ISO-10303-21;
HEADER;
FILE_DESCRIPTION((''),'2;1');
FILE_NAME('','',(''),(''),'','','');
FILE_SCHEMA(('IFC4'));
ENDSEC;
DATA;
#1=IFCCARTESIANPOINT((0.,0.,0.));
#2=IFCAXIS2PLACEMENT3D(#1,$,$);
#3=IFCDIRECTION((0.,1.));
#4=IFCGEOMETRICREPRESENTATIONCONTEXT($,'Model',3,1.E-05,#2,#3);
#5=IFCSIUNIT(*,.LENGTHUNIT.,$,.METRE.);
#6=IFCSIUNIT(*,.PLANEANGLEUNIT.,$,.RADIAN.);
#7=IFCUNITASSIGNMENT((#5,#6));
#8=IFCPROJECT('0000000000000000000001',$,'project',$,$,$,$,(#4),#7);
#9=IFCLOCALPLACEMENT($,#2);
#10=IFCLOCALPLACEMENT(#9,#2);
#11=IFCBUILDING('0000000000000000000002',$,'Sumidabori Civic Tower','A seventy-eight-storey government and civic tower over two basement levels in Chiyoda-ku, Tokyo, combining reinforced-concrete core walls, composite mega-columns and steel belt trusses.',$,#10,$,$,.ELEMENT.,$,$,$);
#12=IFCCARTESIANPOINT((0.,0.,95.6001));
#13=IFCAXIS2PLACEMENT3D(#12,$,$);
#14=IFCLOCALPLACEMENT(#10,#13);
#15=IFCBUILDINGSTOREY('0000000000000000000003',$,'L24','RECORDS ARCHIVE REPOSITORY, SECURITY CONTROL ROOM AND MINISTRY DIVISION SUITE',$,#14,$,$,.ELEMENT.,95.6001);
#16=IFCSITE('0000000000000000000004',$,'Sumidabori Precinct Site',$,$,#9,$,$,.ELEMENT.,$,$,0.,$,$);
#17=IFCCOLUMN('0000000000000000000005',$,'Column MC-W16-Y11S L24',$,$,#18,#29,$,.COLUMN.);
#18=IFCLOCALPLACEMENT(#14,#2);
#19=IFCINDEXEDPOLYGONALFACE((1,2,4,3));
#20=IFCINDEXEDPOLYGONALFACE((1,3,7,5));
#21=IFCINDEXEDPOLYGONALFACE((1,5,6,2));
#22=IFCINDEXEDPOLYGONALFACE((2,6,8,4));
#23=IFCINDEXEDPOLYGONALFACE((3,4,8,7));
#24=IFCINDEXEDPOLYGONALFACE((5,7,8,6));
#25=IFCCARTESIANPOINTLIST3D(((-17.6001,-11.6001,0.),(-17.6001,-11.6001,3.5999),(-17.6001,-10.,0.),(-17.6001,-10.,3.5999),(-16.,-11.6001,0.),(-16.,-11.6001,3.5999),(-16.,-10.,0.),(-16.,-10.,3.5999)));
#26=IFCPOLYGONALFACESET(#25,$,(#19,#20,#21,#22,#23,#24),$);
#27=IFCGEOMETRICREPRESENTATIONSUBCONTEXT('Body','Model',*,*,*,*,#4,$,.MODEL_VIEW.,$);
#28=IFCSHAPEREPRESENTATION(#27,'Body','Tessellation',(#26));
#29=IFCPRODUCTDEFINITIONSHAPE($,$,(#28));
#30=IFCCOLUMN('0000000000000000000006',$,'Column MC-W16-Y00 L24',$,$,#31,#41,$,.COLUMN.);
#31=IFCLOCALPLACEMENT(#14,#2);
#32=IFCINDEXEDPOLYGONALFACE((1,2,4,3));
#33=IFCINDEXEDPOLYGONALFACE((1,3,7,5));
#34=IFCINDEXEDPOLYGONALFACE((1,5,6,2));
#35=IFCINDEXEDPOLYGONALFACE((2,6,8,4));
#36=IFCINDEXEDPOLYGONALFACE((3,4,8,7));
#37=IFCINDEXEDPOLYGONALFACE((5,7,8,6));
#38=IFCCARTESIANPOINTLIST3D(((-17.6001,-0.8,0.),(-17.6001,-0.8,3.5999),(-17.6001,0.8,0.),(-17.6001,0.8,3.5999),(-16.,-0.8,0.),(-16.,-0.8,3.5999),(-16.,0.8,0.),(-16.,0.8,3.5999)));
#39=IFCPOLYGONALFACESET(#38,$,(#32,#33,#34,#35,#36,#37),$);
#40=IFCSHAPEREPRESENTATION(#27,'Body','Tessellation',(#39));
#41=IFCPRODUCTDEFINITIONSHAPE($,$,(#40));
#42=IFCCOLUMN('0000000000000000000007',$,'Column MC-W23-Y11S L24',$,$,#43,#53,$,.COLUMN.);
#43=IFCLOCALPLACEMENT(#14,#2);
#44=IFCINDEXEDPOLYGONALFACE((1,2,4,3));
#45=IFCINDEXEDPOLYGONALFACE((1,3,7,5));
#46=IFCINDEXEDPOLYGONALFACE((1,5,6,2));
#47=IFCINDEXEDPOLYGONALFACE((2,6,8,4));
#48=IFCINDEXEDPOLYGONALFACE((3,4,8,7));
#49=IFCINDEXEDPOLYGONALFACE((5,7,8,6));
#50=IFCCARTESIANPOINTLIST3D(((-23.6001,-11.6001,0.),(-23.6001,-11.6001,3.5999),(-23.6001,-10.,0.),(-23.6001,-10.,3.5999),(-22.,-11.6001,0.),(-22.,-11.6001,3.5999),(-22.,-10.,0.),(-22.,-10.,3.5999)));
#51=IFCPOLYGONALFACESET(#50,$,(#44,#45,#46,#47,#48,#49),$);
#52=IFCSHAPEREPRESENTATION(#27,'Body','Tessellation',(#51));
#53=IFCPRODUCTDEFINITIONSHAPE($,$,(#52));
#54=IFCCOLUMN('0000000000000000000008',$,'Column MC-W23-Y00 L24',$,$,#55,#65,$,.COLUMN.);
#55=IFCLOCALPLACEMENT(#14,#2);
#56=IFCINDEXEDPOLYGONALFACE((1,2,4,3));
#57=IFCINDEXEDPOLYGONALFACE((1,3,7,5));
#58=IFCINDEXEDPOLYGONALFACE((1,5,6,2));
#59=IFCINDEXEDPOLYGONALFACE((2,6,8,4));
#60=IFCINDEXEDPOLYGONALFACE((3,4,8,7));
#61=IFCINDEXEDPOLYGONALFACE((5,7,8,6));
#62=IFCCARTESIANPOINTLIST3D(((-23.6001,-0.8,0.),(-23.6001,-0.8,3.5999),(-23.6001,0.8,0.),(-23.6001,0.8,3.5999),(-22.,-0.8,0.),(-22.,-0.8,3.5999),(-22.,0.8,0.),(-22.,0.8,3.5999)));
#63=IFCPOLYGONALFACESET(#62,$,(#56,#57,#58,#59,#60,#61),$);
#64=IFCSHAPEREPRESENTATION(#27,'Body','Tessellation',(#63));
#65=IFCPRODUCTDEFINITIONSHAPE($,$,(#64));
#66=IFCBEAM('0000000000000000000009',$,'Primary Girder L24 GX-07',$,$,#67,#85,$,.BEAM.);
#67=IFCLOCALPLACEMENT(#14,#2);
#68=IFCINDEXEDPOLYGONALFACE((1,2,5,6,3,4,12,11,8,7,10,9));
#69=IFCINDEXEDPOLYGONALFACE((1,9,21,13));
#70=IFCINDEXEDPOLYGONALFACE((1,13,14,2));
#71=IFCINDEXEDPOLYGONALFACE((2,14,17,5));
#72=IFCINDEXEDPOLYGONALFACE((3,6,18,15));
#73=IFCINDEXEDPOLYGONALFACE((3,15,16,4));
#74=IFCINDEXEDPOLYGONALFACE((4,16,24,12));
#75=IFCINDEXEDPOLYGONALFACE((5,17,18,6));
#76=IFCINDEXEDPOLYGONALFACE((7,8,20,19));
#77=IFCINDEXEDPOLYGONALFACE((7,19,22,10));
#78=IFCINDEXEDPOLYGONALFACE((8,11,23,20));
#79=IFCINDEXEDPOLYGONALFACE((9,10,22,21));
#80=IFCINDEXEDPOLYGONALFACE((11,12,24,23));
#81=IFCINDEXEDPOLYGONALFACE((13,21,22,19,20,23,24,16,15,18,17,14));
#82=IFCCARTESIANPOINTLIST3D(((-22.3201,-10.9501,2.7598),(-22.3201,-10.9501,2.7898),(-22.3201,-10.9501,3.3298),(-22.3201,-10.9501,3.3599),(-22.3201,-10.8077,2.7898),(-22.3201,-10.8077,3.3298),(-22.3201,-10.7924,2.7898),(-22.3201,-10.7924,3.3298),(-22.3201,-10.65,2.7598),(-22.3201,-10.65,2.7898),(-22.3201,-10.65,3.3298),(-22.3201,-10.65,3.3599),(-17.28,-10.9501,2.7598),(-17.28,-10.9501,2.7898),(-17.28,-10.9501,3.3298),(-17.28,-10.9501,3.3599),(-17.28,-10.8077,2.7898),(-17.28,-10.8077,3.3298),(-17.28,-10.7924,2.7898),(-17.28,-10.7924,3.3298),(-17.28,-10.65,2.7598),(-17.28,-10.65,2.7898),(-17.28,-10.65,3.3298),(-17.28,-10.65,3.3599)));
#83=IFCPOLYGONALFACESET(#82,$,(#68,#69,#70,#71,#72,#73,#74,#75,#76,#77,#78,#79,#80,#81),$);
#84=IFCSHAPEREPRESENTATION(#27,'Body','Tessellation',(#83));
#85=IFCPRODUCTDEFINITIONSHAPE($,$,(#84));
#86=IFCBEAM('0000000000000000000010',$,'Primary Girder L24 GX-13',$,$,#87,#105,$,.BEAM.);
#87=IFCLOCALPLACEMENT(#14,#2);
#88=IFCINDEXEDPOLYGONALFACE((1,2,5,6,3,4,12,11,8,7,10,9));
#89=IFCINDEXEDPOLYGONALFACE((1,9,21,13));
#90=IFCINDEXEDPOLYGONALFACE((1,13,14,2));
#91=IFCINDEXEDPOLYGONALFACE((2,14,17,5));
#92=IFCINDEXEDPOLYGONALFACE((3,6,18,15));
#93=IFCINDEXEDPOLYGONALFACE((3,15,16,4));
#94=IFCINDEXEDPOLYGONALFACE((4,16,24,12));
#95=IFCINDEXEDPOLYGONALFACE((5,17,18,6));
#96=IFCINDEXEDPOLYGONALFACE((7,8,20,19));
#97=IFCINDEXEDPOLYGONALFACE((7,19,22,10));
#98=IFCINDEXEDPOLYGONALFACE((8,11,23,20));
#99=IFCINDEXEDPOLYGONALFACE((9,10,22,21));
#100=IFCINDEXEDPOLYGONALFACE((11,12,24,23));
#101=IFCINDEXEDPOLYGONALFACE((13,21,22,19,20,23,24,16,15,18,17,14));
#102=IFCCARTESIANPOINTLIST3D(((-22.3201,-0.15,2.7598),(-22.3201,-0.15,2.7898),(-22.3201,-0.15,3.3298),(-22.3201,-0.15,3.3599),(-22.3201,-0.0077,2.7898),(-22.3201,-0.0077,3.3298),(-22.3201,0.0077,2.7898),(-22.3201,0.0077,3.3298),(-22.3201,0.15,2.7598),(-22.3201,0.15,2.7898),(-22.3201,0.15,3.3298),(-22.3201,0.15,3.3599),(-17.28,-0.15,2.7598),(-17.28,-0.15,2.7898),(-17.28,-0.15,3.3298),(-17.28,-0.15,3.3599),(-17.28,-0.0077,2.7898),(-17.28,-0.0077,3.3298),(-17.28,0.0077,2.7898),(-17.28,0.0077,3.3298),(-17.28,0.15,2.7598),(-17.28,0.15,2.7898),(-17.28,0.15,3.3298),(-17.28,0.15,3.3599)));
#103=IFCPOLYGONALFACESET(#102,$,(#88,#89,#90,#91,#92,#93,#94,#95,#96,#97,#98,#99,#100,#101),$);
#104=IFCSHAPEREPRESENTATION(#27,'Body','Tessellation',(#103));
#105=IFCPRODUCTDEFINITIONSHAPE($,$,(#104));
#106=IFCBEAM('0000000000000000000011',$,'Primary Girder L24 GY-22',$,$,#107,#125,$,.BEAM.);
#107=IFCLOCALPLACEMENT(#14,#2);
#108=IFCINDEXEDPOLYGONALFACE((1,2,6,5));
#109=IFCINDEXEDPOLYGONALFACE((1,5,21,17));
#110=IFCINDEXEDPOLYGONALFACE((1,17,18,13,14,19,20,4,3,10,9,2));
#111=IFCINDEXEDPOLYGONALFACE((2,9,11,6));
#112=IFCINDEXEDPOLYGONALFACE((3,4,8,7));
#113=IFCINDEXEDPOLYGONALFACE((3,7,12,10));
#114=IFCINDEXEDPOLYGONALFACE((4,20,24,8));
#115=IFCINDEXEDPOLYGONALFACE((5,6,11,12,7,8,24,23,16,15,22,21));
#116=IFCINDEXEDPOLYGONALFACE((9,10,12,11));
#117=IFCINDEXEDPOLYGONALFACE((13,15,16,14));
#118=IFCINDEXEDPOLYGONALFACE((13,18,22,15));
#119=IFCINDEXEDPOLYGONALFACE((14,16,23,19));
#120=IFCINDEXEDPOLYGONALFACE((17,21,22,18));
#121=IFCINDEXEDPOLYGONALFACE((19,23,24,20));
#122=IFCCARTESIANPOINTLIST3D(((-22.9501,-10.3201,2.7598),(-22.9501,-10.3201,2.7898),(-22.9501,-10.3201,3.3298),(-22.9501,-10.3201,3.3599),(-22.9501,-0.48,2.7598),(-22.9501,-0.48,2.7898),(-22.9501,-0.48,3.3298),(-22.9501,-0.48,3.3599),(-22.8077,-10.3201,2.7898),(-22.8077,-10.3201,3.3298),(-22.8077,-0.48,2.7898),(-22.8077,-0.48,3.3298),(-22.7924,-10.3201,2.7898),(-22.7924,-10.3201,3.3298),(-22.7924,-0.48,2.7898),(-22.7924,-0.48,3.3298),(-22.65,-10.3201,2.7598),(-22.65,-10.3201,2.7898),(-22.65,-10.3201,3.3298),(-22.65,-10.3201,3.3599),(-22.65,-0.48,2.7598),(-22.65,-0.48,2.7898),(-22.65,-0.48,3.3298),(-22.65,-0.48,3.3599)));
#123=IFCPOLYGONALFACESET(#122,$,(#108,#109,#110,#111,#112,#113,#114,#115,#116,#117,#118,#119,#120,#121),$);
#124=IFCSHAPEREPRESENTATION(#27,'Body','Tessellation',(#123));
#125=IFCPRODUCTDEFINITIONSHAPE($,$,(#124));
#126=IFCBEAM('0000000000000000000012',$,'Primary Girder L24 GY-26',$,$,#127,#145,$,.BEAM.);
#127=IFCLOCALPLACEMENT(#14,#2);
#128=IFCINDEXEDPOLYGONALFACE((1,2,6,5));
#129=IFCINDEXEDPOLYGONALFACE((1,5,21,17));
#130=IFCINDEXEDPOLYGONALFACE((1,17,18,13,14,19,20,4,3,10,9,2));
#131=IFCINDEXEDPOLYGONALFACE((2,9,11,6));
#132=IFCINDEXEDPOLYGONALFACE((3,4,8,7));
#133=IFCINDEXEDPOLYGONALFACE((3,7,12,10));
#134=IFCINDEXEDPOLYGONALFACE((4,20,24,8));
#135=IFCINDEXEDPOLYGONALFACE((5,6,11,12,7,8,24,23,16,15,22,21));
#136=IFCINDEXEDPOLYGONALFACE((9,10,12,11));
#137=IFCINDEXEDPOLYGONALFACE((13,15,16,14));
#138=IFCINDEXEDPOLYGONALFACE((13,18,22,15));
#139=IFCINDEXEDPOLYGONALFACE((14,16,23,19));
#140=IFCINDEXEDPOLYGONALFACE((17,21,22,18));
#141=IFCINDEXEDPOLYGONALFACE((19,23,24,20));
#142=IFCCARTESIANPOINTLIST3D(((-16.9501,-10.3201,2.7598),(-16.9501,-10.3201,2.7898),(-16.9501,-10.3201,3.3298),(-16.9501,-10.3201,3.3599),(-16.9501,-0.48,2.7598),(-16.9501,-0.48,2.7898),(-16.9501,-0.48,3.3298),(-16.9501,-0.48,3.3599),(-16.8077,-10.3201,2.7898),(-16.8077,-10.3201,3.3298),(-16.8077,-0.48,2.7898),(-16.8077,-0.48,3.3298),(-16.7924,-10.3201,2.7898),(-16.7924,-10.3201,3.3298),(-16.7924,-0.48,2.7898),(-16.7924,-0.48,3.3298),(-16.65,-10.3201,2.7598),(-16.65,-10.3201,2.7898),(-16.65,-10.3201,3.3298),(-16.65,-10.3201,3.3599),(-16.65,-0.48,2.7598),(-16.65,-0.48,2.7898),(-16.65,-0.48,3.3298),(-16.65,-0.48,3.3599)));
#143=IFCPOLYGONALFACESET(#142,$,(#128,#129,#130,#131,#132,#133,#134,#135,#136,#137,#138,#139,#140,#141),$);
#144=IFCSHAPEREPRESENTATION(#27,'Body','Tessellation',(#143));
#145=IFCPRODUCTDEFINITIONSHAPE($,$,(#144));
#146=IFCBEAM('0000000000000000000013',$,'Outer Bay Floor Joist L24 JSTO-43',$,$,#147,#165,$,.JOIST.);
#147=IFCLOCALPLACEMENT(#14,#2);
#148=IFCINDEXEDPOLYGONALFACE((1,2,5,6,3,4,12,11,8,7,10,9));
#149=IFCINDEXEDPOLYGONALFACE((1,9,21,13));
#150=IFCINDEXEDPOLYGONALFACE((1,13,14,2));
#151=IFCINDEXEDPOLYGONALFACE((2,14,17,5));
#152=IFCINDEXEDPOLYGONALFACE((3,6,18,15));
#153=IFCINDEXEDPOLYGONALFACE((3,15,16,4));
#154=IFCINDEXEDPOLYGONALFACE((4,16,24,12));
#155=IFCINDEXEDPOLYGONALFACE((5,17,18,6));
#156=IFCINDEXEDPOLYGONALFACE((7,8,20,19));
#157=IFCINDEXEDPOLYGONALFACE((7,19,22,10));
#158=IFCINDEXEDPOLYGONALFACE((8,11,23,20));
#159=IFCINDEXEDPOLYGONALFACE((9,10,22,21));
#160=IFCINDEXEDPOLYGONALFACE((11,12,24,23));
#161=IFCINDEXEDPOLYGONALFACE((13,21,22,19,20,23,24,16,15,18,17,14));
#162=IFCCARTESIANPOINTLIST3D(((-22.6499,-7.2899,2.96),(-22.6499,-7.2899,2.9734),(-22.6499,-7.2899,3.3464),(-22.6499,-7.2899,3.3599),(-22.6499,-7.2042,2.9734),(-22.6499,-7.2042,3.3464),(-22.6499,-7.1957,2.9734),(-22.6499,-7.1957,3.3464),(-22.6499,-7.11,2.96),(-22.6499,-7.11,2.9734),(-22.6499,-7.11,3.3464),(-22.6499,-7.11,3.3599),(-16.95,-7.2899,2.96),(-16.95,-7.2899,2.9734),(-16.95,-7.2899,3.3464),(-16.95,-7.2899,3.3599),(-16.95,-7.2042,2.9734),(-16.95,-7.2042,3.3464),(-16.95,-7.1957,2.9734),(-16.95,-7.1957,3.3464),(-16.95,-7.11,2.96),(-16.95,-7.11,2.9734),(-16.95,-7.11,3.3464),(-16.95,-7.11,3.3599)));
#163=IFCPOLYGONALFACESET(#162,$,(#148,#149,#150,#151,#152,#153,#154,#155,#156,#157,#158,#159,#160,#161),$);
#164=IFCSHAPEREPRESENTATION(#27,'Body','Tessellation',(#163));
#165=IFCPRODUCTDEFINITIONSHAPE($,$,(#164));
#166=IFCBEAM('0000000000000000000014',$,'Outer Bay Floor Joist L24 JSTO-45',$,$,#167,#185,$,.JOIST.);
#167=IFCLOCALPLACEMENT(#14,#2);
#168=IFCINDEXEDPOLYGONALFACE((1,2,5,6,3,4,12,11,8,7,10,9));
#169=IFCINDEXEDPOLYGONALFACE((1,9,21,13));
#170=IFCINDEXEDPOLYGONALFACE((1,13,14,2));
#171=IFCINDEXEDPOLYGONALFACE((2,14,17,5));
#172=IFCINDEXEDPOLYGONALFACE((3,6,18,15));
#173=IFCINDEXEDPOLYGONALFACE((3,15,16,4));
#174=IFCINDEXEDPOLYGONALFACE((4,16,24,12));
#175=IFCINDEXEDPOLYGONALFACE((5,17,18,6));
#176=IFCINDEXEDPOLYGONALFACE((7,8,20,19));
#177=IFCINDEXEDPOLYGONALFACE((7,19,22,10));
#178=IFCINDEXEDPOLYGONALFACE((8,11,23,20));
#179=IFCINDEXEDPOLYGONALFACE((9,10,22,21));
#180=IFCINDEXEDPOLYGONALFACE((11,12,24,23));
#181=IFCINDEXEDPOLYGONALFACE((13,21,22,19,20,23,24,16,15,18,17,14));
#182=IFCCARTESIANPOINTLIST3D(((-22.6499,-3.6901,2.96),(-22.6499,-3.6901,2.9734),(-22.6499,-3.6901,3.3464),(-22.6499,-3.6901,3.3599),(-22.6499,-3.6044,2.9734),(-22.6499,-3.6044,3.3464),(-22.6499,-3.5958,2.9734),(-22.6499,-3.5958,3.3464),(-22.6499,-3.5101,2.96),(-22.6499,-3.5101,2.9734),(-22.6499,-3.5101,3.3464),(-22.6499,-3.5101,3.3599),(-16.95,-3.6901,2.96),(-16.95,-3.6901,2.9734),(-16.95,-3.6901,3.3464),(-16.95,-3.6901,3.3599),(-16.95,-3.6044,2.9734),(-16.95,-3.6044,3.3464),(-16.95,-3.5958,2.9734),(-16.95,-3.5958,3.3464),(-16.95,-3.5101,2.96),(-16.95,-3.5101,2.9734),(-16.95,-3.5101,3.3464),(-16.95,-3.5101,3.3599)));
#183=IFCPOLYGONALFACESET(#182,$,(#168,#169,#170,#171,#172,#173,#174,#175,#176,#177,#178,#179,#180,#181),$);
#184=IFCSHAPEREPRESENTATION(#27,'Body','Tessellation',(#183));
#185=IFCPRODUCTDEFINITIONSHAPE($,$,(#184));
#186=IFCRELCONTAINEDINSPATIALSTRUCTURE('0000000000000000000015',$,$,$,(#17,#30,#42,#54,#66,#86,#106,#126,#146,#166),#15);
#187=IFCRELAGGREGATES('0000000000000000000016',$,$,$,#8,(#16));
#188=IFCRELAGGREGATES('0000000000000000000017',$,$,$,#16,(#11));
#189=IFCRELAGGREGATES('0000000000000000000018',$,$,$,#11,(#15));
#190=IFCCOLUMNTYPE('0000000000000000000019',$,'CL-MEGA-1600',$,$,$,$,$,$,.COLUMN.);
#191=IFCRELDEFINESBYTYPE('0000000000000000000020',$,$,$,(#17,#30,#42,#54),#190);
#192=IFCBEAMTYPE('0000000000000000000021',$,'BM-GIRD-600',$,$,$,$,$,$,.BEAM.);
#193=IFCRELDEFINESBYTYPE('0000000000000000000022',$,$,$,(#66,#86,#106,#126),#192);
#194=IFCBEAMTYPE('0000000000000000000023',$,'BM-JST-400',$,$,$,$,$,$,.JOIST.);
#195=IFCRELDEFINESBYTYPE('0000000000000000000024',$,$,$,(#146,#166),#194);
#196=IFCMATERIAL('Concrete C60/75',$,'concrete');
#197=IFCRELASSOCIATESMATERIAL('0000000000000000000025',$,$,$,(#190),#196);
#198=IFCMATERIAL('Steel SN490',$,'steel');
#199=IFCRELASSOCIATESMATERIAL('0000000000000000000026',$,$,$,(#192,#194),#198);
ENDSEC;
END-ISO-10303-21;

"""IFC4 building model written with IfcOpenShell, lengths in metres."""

from ifc_helpers import new_model, si_unit, direction, frame, origin, origin_2d, place, context, subcontext, project, spatial, rectangle, i_section, extrude, source, transform, mapped, material, material_profile, profile_set, type_object, element, save


model = new_model("IFC4")

# Units and contexts
model_context = context("Model", 3, precision=1e-05, world=origin(), true_north=direction((0.0, 1.0)))
body_context = subcontext(model_context, "Body", "Model", "MODEL_VIEW")
ifc_project = project(units=[si_unit("LENGTHUNIT", "METRE"), si_unit("PLANEANGLEUNIT", "RADIAN")], contexts=[model_context])

# Site, building, storey
site_placement = place(None, origin())
site = spatial("IfcSite", under=ifc_project, at=site_placement, Name="Sumidabori Precinct Site", CompositionType="ELEMENT", RefElevation=0.0)
building_placement = place(site_placement, origin())
building = spatial("IfcBuilding", under=site, at=building_placement, Name="Sumidabori Civic Tower", Description="A seventy-eight-storey government and civic tower over two basement levels in Chiyoda-ku, Tokyo, combining reinforced-concrete core walls, composite mega-columns and steel belt trusses.", CompositionType="ELEMENT")
storey_placement = place(building_placement, frame((0.0, 0.0, 95.6001)))
storey = spatial("IfcBuildingStorey", under=building, at=storey_placement, Name="L24", Description="RECORDS ARCHIVE REPOSITORY, SECURITY CONTROL ROOM AND MINISTRY DIVISION SUITE", CompositionType="ELEMENT", Elevation=95.6001)

# Columns
ifc_material_1 = material(Name="Concrete C60/75", Category="concrete")
ifc_material_profile_1 = material_profile(ifc_material_1, rectangle(XDim=1.6001, YDim=1.6001, at=origin_2d()), Name="RC 1600x1600")
ifc_profile_set_1 = profile_set([ifc_material_profile_1], Name="Concrete C60/75")
column_type = type_object("IfcColumnType", Name="CL-MEGA-1600", PredefinedType="COLUMN", material=ifc_profile_set_1)
shared_shape_1 = source(origin(), body_context, "Body", "SweptSolid", [
    extrude(rectangle(XDim=1.6001, YDim=1.6001, at=origin_2d()), origin(), (0.0, 0.0, 1.0), 3.5999),
])
for number, where, z_axis, x_axis, name in (
    (1, (-16.8, -10.8, 0.0), (0.0, 0.0, 1.0), (1.0, 0.0, 0.0), "Column MC-W16-Y11S L24"),
    (2, (-16.8, 0.0, 0.0), (0.0, 0.0, 1.0), (1.0, 0.0, 0.0), "Column MC-W16-Y00 L24"),
    (3, (-22.8, -10.8, 0.0), (0.0, 0.0, 1.0), (1.0, 0.0, 0.0), "Column MC-W23-Y11S L24"),
    (4, (-22.8, 0.0, 0.0), (0.0, 0.0, 1.0), (1.0, 0.0, 0.0), "Column MC-W23-Y00 L24"),
):
    element("IfcColumn", number, at=place(storey_placement, frame(where, z_axis=z_axis, x_axis=x_axis)), inside=storey, type_object=column_type, Name=name, PredefinedType="COLUMN", context=body_context, shape_type="MappedRepresentation", body=[
        mapped(shared_shape_1, transform((0.0, 0.0, 0.0), x_axis=(1.0, 0.0, 0.0), y_axis=(0.0, 1.0, 0.0), z_axis=(0.0, 0.0, 1.0), scale=1.0)),
    ])

# Beams
ifc_material_2 = material(Name="Steel SN490", Category="steel")
ifc_material_profile_2 = material_profile(ifc_material_2, i_section(OverallWidth=0.3, OverallDepth=0.6001, WebThickness=0.0154, FlangeThickness=0.03, at=origin_2d()), Name="HE 600 B")
ifc_profile_set_2 = profile_set([ifc_material_profile_2], Name="Steel SN490")
beam_type_1 = type_object("IfcBeamType", Name="BM-GIRD-600", PredefinedType="BEAM", material=ifc_profile_set_2)
shared_shape_2 = source(origin(), body_context, "Body", "SweptSolid", [
    extrude(i_section(OverallWidth=0.3, OverallDepth=0.6001, WebThickness=0.0154, FlangeThickness=0.03, at=origin_2d()), origin(), (0.0, 0.0, 1.0), 5.04),
])
for number, where, z_axis, x_axis, name in (
    (5, (-22.3201, -10.8, 3.0598), (1.0, 0.0, 0.0), (0.0, 1.0, 0.0), "Primary Girder L24 GX-07"),
    (6, (-22.3201, 0.0, 3.0598), (1.0, 0.0, 0.0), (0.0, 1.0, 0.0), "Primary Girder L24 GX-13"),
):
    element("IfcBeam", number, at=place(storey_placement, frame(where, z_axis=z_axis, x_axis=x_axis)), inside=storey, type_object=beam_type_1, Name=name, PredefinedType="BEAM", context=body_context, shape_type="MappedRepresentation", body=[
        mapped(shared_shape_2, transform((0.0, 0.0, 0.0), x_axis=(1.0, 0.0, 0.0), y_axis=(0.0, 1.0, 0.0), z_axis=(0.0, 0.0, 1.0), scale=1.0)),
    ])
shared_shape_3 = source(origin(), body_context, "Body", "SweptSolid", [
    extrude(i_section(OverallWidth=0.3, OverallDepth=0.6001, WebThickness=0.0154, FlangeThickness=0.03, at=origin_2d()), origin(), (0.0, 0.0, 1.0), 9.8401),
])
for number, where, z_axis, x_axis, name in (
    (7, (-22.8, -10.3201, 3.0598), (0.0, 1.0, 0.0), (-1.0, 0.0, 0.0), "Primary Girder L24 GY-22"),
    (8, (-16.8, -10.3201, 3.0598), (0.0, 1.0, 0.0), (-1.0, 0.0, 0.0), "Primary Girder L24 GY-26"),
):
    element("IfcBeam", number, at=place(storey_placement, frame(where, z_axis=z_axis, x_axis=x_axis)), inside=storey, type_object=beam_type_1, Name=name, PredefinedType="BEAM", context=body_context, shape_type="MappedRepresentation", body=[
        mapped(shared_shape_3, transform((0.0, 0.0, 0.0), x_axis=(1.0, 0.0, 0.0), y_axis=(0.0, 1.0, 0.0), z_axis=(0.0, 0.0, 1.0), scale=1.0)),
    ])
ifc_material_profile_3 = material_profile(ifc_material_2, i_section(OverallWidth=0.1799, OverallDepth=0.3999, WebThickness=0.0085, FlangeThickness=0.0134, at=origin_2d()), Name="IPE 400")
ifc_profile_set_3 = profile_set([ifc_material_profile_3], Name="Steel SN490")
beam_type_2 = type_object("IfcBeamType", Name="BM-JST-400", PredefinedType="JOIST", material=ifc_profile_set_3)
shared_shape_4 = source(origin(), body_context, "Body", "SweptSolid", [
    extrude(i_section(OverallWidth=0.1799, OverallDepth=0.3999, WebThickness=0.0085, FlangeThickness=0.0134, at=origin_2d()), origin(), (0.0, 0.0, 1.0), 5.7),
])
for number, where, z_axis, x_axis, name in (
    (9, (-22.6499, -7.2, 3.1599), (1.0, 0.0, 0.0), (0.0, 1.0, 0.0), "Outer Bay Floor Joist L24 JSTO-43"),
    (10, (-22.6499, -3.6001, 3.1599), (1.0, 0.0, 0.0), (0.0, 1.0, 0.0), "Outer Bay Floor Joist L24 JSTO-45"),
):
    element("IfcBeam", number, at=place(storey_placement, frame(where, z_axis=z_axis, x_axis=x_axis)), inside=storey, type_object=beam_type_2, Name=name, PredefinedType="JOIST", context=body_context, shape_type="MappedRepresentation", body=[
        mapped(shared_shape_4, transform((0.0, 0.0, 0.0), x_axis=(1.0, 0.0, 0.0), y_axis=(0.0, 1.0, 0.0), z_axis=(0.0, 0.0, 1.0), scale=1.0)),
    ])

save(model, "model.ifc")
